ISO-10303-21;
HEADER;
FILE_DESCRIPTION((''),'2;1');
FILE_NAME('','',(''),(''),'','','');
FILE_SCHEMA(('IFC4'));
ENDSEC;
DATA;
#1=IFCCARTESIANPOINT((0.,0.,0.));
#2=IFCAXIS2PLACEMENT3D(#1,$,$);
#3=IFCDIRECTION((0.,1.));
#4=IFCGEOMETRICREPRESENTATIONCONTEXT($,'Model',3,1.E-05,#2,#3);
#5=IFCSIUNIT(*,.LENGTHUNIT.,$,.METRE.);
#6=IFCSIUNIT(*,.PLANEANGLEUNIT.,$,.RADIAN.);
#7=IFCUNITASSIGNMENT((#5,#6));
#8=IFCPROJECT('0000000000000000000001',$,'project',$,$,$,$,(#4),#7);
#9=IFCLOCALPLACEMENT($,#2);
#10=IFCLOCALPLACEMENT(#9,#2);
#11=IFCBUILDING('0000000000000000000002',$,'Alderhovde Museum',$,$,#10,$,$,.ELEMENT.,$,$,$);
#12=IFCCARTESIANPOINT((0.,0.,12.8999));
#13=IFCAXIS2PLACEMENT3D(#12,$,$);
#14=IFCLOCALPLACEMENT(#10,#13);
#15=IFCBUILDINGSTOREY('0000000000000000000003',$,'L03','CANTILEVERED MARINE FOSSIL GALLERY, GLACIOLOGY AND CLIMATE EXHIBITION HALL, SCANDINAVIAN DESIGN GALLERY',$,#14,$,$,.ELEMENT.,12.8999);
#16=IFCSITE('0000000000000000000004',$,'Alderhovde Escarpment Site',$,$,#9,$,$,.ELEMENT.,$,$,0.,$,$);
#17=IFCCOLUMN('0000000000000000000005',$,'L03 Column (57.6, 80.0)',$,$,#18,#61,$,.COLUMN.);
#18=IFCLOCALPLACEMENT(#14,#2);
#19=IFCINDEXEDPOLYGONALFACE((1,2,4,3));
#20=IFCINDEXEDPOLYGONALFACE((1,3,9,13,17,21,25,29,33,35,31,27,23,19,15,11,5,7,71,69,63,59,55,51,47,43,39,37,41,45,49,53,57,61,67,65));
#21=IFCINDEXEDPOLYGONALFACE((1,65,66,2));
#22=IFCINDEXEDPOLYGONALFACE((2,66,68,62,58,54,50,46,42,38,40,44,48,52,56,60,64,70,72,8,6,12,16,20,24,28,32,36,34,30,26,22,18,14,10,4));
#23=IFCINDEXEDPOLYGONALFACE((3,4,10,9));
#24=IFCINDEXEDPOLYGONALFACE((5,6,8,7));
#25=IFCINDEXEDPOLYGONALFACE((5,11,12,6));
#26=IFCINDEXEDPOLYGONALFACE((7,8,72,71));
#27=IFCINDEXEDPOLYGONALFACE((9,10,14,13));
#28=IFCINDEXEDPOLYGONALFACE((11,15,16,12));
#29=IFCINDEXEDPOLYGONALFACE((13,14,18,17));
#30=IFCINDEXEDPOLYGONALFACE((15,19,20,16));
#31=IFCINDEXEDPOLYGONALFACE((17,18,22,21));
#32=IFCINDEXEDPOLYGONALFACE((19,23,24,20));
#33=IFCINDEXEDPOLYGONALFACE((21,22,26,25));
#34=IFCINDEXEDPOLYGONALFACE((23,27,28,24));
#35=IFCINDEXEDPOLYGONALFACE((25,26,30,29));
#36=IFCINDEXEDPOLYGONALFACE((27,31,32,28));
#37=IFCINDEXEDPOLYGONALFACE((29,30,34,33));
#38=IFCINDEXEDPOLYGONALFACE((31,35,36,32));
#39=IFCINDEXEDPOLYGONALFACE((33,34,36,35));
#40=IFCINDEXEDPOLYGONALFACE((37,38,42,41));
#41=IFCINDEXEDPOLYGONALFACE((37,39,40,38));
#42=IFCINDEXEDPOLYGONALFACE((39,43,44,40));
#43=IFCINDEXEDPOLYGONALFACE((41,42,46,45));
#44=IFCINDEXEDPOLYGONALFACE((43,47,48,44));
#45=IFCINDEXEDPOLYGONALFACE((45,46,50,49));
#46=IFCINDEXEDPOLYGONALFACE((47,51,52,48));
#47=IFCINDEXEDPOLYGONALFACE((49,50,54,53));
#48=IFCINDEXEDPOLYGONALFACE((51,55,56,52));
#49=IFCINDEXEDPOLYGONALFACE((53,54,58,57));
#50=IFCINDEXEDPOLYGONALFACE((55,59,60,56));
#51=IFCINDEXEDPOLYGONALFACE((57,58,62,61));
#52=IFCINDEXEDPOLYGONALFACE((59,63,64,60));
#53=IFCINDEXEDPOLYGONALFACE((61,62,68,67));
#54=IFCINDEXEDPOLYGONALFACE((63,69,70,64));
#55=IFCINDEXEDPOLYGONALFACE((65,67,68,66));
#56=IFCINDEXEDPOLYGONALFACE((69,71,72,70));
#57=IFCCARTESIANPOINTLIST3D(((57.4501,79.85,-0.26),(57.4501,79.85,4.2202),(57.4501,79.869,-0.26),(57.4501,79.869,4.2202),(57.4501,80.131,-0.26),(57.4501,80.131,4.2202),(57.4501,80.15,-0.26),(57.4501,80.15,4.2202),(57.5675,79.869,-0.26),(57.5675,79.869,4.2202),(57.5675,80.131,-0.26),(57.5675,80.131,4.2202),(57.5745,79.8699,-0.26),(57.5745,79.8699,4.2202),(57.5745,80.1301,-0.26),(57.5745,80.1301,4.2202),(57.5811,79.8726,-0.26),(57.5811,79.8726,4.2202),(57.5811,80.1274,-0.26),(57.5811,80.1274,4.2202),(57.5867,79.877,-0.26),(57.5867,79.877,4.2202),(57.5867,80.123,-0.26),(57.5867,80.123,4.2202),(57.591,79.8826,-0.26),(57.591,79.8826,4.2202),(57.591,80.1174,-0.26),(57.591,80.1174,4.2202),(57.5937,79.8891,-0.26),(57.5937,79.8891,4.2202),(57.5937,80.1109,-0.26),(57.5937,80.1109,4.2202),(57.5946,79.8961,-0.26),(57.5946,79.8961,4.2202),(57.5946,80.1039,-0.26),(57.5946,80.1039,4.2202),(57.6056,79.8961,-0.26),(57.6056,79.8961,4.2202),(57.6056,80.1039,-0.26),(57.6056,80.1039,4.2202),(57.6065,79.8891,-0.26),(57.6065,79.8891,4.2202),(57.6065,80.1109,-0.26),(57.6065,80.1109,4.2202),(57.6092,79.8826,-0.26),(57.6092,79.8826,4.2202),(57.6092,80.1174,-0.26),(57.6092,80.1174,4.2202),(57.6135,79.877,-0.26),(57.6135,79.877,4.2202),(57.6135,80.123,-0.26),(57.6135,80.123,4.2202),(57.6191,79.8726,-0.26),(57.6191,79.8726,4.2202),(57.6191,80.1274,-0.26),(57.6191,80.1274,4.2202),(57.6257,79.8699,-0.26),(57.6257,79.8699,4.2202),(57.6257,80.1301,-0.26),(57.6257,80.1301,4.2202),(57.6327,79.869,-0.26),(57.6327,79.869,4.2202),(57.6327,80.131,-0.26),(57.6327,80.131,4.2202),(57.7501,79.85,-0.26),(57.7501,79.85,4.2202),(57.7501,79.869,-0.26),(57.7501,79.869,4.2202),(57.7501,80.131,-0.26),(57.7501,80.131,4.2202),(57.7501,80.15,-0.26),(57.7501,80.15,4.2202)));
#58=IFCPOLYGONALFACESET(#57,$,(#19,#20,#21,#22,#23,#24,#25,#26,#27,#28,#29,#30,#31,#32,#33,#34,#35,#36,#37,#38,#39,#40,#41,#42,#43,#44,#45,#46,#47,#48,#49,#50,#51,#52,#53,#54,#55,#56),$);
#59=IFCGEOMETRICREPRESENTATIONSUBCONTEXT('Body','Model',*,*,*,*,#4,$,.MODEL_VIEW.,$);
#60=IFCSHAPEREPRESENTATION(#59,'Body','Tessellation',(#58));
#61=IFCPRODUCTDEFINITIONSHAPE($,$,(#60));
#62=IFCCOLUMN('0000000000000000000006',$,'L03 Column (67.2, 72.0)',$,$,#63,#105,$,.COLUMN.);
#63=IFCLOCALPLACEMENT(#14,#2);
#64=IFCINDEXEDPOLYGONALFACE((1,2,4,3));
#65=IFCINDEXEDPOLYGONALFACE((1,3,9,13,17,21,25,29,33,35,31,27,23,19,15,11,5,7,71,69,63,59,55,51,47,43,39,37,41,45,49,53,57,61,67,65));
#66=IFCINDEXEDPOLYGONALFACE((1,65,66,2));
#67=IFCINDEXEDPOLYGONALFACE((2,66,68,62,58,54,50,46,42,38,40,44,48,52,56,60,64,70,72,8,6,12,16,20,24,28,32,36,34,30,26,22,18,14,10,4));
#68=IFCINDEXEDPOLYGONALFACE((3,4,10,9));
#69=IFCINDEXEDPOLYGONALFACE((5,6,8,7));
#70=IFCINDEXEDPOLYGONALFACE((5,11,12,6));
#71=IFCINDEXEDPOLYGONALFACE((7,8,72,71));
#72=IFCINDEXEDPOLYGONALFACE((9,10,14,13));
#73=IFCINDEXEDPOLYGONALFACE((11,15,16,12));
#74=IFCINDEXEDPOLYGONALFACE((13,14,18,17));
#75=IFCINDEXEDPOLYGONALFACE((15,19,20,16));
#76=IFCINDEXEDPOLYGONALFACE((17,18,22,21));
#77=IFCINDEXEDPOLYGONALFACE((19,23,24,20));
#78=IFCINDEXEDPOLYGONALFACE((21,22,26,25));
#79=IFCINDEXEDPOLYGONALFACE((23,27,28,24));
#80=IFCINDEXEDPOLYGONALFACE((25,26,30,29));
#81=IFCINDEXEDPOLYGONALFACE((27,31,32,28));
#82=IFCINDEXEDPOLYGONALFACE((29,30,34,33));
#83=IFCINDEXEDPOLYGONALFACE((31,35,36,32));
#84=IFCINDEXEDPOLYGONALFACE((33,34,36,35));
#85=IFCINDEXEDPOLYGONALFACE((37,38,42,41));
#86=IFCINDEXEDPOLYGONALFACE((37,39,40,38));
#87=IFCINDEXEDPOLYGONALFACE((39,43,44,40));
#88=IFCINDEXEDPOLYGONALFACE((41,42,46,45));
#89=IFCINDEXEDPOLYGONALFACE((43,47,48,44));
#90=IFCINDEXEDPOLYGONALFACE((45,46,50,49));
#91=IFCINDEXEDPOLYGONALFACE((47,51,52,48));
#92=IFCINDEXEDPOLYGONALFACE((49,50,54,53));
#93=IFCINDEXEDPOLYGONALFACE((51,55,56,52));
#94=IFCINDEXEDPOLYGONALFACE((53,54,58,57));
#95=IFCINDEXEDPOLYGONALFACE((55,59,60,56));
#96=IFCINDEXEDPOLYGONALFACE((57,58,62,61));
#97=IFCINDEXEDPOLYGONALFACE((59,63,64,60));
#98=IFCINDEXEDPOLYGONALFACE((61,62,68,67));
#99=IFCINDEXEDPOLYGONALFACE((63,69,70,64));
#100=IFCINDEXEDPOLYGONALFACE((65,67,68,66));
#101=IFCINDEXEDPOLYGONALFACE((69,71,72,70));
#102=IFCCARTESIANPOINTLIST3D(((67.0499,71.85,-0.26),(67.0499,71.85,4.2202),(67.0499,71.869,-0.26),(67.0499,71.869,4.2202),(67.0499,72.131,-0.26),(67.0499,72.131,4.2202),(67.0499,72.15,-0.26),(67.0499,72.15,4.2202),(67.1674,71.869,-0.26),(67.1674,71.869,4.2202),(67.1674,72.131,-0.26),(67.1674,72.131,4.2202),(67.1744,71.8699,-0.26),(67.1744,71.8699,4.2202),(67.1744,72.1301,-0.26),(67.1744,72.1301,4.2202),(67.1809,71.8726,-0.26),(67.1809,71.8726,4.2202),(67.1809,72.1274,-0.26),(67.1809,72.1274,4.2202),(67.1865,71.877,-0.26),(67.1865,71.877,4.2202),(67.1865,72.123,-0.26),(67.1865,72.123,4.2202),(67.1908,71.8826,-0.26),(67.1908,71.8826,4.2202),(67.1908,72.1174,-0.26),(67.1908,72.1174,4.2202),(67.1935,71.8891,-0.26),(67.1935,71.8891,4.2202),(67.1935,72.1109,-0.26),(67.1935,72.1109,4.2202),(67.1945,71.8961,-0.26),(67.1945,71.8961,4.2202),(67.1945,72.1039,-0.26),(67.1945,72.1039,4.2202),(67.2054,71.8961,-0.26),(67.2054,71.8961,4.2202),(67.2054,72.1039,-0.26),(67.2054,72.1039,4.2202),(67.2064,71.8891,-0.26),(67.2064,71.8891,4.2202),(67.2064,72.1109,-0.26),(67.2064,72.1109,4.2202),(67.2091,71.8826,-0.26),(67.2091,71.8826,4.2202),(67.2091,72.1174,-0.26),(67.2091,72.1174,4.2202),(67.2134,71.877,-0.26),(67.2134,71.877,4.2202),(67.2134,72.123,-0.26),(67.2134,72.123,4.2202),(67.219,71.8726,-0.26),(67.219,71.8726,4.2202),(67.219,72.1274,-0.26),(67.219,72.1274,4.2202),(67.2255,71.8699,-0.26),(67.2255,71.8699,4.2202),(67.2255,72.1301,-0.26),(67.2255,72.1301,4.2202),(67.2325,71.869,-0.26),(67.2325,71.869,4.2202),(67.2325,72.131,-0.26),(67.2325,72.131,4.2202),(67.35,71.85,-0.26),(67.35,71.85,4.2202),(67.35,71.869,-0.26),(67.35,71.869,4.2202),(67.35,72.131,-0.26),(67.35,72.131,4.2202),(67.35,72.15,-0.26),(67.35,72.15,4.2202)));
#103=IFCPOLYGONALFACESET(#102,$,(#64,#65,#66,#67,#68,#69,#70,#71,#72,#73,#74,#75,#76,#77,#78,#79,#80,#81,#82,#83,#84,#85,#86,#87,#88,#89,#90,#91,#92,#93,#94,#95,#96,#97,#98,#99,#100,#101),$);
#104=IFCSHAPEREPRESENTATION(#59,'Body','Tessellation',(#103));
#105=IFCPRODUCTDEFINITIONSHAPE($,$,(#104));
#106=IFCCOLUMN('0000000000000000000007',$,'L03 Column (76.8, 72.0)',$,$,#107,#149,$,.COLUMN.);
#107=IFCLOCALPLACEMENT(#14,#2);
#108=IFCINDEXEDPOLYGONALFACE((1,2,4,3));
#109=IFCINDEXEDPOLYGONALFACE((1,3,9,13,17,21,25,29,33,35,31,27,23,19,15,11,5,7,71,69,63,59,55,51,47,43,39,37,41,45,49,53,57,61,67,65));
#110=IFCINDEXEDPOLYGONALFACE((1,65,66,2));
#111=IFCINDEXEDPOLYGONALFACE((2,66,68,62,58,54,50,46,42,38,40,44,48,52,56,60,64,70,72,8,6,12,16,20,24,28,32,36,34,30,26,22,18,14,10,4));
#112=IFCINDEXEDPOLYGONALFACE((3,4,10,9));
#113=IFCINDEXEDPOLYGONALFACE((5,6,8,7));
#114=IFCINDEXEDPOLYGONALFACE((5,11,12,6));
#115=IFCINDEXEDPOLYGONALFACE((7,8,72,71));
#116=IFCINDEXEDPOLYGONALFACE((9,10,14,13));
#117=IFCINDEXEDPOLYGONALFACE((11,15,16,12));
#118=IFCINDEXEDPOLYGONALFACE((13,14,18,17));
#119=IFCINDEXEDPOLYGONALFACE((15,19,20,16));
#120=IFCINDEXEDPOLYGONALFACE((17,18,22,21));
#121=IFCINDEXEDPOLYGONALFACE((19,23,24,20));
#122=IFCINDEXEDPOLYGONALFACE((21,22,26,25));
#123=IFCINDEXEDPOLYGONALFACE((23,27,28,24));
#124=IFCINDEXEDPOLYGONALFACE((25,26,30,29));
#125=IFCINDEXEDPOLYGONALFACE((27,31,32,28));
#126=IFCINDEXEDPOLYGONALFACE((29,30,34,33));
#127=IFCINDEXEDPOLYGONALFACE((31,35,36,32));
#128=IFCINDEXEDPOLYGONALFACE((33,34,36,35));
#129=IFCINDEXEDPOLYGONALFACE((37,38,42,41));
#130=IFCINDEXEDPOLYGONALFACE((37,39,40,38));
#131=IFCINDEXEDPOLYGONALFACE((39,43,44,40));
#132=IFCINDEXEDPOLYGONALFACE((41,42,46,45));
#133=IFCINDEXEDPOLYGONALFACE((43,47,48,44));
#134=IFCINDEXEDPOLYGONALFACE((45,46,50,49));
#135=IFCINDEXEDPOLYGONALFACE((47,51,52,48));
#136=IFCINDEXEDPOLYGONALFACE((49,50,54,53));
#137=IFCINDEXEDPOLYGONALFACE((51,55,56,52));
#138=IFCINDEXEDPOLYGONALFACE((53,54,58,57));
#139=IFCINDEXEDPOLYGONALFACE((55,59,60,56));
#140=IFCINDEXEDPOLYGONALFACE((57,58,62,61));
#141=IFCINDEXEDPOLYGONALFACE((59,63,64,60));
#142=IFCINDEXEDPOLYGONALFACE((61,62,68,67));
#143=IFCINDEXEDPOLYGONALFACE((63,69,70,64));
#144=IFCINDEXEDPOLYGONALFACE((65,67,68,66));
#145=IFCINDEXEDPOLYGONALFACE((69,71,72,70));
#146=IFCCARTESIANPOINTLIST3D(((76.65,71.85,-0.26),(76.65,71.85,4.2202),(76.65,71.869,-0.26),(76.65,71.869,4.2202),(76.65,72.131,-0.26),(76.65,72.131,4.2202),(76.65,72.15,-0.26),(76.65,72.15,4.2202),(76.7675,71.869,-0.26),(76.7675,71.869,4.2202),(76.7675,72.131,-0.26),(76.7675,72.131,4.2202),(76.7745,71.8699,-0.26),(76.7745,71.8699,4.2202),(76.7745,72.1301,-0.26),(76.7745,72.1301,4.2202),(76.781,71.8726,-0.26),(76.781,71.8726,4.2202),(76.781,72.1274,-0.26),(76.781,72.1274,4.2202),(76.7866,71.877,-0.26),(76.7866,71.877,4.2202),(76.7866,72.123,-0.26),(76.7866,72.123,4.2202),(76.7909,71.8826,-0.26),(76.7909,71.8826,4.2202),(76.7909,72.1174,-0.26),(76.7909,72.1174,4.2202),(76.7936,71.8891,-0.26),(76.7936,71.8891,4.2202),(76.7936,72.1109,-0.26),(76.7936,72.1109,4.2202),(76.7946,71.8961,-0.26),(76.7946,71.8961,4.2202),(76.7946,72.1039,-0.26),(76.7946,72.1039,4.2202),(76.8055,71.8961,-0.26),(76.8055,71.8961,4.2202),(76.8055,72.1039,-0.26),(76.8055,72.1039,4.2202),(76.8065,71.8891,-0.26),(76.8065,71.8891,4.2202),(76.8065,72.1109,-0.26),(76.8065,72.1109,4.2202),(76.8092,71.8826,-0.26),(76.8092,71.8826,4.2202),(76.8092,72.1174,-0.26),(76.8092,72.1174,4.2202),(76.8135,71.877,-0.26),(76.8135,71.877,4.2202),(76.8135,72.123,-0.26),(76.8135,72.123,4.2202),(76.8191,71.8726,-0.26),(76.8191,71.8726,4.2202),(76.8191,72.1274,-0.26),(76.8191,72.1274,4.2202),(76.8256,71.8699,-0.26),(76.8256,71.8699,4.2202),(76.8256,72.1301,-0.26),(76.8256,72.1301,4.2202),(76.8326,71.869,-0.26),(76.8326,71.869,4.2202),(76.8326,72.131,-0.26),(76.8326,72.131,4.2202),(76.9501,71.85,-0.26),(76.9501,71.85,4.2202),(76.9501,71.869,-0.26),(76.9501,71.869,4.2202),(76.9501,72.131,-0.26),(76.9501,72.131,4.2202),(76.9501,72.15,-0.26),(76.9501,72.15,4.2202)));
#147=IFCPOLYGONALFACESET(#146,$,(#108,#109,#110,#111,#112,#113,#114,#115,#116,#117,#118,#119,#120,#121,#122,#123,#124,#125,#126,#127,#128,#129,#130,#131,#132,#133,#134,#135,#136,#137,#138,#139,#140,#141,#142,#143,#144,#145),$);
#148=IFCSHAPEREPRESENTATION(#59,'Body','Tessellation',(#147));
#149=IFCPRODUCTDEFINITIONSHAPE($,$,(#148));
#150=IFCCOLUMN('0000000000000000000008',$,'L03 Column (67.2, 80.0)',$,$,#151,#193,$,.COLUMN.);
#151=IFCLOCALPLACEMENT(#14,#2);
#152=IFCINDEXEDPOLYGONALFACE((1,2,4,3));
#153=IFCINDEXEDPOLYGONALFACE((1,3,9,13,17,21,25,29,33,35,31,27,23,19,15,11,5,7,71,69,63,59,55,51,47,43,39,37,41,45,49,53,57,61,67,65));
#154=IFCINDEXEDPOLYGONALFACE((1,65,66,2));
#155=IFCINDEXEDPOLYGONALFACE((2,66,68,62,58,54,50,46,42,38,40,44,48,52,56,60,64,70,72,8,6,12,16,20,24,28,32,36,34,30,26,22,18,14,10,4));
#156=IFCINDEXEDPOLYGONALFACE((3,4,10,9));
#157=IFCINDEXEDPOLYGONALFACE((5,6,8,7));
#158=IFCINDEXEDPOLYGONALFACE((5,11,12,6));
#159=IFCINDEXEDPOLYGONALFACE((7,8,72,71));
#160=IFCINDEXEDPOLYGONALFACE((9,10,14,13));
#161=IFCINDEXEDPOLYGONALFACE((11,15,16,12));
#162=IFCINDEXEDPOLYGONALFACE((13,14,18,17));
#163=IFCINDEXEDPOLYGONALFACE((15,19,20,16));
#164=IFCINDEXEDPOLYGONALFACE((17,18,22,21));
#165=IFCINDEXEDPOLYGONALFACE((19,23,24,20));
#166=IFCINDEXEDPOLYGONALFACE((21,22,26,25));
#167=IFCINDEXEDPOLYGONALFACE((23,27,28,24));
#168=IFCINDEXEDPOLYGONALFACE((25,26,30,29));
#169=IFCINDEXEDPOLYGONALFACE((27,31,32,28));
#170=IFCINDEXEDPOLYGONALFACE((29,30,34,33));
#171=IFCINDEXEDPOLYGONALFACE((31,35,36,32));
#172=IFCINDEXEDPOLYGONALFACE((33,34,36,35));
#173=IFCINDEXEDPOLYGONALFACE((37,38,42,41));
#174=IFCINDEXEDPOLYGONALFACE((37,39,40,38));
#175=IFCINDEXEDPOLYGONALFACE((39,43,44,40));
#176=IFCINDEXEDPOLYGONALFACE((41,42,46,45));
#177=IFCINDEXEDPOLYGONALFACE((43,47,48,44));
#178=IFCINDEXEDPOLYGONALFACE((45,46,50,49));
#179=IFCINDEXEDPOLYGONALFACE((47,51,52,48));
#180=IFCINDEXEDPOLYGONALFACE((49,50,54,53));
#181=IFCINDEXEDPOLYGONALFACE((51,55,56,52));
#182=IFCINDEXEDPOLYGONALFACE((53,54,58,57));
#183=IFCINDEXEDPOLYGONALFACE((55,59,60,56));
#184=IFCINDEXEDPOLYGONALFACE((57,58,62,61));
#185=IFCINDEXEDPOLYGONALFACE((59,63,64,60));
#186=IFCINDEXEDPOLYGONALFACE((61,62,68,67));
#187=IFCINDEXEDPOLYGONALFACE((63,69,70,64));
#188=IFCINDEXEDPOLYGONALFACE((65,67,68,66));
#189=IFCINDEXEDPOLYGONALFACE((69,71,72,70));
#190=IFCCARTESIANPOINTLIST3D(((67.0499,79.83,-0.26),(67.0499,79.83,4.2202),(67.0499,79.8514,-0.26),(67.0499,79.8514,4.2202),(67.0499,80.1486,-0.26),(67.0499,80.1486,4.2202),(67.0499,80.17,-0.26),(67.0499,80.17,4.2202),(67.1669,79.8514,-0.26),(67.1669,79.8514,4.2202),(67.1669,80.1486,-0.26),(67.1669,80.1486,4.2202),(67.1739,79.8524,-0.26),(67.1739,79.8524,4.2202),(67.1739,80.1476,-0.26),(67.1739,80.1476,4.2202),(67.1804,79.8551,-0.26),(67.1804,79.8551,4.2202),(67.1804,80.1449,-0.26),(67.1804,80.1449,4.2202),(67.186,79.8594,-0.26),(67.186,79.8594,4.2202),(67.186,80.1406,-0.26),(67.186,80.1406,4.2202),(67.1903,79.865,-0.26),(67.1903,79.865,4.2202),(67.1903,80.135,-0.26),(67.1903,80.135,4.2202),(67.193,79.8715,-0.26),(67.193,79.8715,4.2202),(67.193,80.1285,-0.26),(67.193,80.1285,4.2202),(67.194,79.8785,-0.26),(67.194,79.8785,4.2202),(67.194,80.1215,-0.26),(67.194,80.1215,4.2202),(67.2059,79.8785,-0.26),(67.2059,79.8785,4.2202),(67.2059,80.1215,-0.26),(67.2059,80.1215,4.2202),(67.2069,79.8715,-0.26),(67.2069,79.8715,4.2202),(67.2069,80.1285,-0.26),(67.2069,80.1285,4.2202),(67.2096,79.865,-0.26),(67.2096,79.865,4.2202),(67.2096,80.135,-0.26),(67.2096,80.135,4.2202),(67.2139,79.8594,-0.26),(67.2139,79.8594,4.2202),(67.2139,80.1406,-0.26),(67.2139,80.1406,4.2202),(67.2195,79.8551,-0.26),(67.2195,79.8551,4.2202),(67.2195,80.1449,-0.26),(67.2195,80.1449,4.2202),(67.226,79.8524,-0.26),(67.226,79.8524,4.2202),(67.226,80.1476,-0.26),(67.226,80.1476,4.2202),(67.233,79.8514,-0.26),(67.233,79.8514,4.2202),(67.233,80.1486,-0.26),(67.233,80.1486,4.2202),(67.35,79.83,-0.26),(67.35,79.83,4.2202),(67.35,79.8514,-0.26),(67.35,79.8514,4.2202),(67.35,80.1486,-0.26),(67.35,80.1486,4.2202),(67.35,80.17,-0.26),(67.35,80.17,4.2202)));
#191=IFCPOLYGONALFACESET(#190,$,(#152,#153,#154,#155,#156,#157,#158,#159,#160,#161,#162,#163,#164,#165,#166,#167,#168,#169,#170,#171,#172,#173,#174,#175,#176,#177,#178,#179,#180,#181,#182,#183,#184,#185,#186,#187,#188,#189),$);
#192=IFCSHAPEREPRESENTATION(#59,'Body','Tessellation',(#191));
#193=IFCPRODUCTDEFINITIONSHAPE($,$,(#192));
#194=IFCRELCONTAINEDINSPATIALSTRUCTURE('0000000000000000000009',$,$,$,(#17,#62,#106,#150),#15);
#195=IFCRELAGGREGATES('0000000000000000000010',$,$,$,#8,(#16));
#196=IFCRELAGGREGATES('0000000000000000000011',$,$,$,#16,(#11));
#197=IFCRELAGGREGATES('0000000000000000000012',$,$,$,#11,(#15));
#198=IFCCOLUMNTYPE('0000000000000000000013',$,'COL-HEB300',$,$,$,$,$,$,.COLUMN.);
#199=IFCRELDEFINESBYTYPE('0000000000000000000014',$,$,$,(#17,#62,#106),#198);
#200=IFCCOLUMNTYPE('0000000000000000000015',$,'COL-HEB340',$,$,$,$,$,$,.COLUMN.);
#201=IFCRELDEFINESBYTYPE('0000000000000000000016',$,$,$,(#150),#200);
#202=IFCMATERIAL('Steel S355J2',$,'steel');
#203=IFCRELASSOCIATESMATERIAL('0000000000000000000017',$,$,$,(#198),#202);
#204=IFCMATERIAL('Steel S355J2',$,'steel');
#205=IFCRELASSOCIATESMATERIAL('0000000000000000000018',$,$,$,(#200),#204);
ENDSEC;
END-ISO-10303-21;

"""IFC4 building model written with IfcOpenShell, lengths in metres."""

from ifc_helpers import new_model, si_unit, direction, frame, origin, origin_2d, place, context, subcontext, project, spatial, i_section, extrude, material, material_profile, profile_set, type_object, element, save


model = new_model("IFC4")

# Units and contexts
model_context = context("Model", 3, precision=1e-05, world=origin(), true_north=direction((0.0, 1.0)))
body_context = subcontext(model_context, "Body", "Model", "MODEL_VIEW")
ifc_project = project(units=[si_unit("LENGTHUNIT", "METRE"), si_unit("PLANEANGLEUNIT", "RADIAN")], contexts=[model_context])

# Site, building, storey
site_placement = place(None, origin())
site = spatial("IfcSite", under=ifc_project, at=site_placement, Name="Alderhovde Escarpment Site", CompositionType="ELEMENT", RefElevation=0.0)
building_placement = place(site_placement, origin())
building = spatial("IfcBuilding", under=site, at=building_placement, Name="Alderhovde Museum", CompositionType="ELEMENT")
storey_placement = place(building_placement, frame((0.0, 0.0, 12.8999)))
storey = spatial("IfcBuildingStorey", under=building, at=storey_placement, Name="L03", Description="CANTILEVERED MARINE FOSSIL GALLERY, GLACIOLOGY AND CLIMATE EXHIBITION HALL, SCANDINAVIAN DESIGN GALLERY", CompositionType="ELEMENT", Elevation=12.8999)

# Columns
ifc_material_1 = material(Name="Steel S355J2", Category="steel")
ifc_material_profile_1 = material_profile(ifc_material_1, i_section(OverallWidth=0.3, OverallDepth=0.3, WebThickness=0.011, FlangeThickness=0.019, FilletRadius=0.0271, at=origin_2d()), Name="HEB 300")
ifc_profile_set_1 = profile_set([ifc_material_profile_1], Name="Steel S355J2")
column_type_1 = type_object("IfcColumnType", Name="COL-HEB300", PredefinedType="COLUMN", material=ifc_profile_set_1)
for number, where, z_axis, x_axis, name in (
    (1, (57.6001, 80.0, -0.26), (0.0, 0.0, 1.0), (1.0, 0.0, 0.0), "L03 Column (57.6, 80.0)"),
    (2, (67.2, 72.0, -0.26), (0.0, 0.0, 1.0), (1.0, 0.0, 0.0), "L03 Column (67.2, 72.0)"),
    (3, (76.8, 72.0, -0.26), (0.0, 0.0, 1.0), (1.0, 0.0, 0.0), "L03 Column (76.8, 72.0)"),
):
    element("IfcColumn", number, at=place(storey_placement, frame(where, z_axis=z_axis, x_axis=x_axis)), inside=storey, type_object=column_type_1, Name=name, PredefinedType="COLUMN", context=body_context, shape_type="SweptSolid", body=[
        extrude(i_section(OverallWidth=0.3, OverallDepth=0.3, WebThickness=0.011, FlangeThickness=0.019, FilletRadius=0.0271, at=origin_2d()), origin(), (0.0, 0.0, 1.0), 4.4802),
    ])
ifc_material_2 = material(Name="Steel S355J2", Category="steel")
ifc_material_profile_2 = material_profile(ifc_material_2, i_section(OverallWidth=0.3, OverallDepth=0.3401, WebThickness=0.012, FlangeThickness=0.0215, FilletRadius=0.0271, at=origin_2d()), Name="HEB 340")
ifc_profile_set_2 = profile_set([ifc_material_profile_2], Name="Steel S355J2")
column_type_2 = type_object("IfcColumnType", Name="COL-HEB340", PredefinedType="COLUMN", material=ifc_profile_set_2)
for number, where, z_axis, x_axis, name in (
    (4, (67.2, 80.0, -0.26), (0.0, 0.0, 1.0), (1.0, 0.0, 0.0), "L03 Column (67.2, 80.0)"),
):
    element("IfcColumn", number, at=place(storey_placement, frame(where, z_axis=z_axis, x_axis=x_axis)), inside=storey, type_object=column_type_2, Name=name, PredefinedType="COLUMN", context=body_context, shape_type="SweptSolid", body=[
        extrude(i_section(OverallWidth=0.3, OverallDepth=0.3401, WebThickness=0.012, FlangeThickness=0.0215, FilletRadius=0.0271, at=origin_2d()), origin(), (0.0, 0.0, 1.0), 4.4802),
    ])

save(model, "model.ifc")
